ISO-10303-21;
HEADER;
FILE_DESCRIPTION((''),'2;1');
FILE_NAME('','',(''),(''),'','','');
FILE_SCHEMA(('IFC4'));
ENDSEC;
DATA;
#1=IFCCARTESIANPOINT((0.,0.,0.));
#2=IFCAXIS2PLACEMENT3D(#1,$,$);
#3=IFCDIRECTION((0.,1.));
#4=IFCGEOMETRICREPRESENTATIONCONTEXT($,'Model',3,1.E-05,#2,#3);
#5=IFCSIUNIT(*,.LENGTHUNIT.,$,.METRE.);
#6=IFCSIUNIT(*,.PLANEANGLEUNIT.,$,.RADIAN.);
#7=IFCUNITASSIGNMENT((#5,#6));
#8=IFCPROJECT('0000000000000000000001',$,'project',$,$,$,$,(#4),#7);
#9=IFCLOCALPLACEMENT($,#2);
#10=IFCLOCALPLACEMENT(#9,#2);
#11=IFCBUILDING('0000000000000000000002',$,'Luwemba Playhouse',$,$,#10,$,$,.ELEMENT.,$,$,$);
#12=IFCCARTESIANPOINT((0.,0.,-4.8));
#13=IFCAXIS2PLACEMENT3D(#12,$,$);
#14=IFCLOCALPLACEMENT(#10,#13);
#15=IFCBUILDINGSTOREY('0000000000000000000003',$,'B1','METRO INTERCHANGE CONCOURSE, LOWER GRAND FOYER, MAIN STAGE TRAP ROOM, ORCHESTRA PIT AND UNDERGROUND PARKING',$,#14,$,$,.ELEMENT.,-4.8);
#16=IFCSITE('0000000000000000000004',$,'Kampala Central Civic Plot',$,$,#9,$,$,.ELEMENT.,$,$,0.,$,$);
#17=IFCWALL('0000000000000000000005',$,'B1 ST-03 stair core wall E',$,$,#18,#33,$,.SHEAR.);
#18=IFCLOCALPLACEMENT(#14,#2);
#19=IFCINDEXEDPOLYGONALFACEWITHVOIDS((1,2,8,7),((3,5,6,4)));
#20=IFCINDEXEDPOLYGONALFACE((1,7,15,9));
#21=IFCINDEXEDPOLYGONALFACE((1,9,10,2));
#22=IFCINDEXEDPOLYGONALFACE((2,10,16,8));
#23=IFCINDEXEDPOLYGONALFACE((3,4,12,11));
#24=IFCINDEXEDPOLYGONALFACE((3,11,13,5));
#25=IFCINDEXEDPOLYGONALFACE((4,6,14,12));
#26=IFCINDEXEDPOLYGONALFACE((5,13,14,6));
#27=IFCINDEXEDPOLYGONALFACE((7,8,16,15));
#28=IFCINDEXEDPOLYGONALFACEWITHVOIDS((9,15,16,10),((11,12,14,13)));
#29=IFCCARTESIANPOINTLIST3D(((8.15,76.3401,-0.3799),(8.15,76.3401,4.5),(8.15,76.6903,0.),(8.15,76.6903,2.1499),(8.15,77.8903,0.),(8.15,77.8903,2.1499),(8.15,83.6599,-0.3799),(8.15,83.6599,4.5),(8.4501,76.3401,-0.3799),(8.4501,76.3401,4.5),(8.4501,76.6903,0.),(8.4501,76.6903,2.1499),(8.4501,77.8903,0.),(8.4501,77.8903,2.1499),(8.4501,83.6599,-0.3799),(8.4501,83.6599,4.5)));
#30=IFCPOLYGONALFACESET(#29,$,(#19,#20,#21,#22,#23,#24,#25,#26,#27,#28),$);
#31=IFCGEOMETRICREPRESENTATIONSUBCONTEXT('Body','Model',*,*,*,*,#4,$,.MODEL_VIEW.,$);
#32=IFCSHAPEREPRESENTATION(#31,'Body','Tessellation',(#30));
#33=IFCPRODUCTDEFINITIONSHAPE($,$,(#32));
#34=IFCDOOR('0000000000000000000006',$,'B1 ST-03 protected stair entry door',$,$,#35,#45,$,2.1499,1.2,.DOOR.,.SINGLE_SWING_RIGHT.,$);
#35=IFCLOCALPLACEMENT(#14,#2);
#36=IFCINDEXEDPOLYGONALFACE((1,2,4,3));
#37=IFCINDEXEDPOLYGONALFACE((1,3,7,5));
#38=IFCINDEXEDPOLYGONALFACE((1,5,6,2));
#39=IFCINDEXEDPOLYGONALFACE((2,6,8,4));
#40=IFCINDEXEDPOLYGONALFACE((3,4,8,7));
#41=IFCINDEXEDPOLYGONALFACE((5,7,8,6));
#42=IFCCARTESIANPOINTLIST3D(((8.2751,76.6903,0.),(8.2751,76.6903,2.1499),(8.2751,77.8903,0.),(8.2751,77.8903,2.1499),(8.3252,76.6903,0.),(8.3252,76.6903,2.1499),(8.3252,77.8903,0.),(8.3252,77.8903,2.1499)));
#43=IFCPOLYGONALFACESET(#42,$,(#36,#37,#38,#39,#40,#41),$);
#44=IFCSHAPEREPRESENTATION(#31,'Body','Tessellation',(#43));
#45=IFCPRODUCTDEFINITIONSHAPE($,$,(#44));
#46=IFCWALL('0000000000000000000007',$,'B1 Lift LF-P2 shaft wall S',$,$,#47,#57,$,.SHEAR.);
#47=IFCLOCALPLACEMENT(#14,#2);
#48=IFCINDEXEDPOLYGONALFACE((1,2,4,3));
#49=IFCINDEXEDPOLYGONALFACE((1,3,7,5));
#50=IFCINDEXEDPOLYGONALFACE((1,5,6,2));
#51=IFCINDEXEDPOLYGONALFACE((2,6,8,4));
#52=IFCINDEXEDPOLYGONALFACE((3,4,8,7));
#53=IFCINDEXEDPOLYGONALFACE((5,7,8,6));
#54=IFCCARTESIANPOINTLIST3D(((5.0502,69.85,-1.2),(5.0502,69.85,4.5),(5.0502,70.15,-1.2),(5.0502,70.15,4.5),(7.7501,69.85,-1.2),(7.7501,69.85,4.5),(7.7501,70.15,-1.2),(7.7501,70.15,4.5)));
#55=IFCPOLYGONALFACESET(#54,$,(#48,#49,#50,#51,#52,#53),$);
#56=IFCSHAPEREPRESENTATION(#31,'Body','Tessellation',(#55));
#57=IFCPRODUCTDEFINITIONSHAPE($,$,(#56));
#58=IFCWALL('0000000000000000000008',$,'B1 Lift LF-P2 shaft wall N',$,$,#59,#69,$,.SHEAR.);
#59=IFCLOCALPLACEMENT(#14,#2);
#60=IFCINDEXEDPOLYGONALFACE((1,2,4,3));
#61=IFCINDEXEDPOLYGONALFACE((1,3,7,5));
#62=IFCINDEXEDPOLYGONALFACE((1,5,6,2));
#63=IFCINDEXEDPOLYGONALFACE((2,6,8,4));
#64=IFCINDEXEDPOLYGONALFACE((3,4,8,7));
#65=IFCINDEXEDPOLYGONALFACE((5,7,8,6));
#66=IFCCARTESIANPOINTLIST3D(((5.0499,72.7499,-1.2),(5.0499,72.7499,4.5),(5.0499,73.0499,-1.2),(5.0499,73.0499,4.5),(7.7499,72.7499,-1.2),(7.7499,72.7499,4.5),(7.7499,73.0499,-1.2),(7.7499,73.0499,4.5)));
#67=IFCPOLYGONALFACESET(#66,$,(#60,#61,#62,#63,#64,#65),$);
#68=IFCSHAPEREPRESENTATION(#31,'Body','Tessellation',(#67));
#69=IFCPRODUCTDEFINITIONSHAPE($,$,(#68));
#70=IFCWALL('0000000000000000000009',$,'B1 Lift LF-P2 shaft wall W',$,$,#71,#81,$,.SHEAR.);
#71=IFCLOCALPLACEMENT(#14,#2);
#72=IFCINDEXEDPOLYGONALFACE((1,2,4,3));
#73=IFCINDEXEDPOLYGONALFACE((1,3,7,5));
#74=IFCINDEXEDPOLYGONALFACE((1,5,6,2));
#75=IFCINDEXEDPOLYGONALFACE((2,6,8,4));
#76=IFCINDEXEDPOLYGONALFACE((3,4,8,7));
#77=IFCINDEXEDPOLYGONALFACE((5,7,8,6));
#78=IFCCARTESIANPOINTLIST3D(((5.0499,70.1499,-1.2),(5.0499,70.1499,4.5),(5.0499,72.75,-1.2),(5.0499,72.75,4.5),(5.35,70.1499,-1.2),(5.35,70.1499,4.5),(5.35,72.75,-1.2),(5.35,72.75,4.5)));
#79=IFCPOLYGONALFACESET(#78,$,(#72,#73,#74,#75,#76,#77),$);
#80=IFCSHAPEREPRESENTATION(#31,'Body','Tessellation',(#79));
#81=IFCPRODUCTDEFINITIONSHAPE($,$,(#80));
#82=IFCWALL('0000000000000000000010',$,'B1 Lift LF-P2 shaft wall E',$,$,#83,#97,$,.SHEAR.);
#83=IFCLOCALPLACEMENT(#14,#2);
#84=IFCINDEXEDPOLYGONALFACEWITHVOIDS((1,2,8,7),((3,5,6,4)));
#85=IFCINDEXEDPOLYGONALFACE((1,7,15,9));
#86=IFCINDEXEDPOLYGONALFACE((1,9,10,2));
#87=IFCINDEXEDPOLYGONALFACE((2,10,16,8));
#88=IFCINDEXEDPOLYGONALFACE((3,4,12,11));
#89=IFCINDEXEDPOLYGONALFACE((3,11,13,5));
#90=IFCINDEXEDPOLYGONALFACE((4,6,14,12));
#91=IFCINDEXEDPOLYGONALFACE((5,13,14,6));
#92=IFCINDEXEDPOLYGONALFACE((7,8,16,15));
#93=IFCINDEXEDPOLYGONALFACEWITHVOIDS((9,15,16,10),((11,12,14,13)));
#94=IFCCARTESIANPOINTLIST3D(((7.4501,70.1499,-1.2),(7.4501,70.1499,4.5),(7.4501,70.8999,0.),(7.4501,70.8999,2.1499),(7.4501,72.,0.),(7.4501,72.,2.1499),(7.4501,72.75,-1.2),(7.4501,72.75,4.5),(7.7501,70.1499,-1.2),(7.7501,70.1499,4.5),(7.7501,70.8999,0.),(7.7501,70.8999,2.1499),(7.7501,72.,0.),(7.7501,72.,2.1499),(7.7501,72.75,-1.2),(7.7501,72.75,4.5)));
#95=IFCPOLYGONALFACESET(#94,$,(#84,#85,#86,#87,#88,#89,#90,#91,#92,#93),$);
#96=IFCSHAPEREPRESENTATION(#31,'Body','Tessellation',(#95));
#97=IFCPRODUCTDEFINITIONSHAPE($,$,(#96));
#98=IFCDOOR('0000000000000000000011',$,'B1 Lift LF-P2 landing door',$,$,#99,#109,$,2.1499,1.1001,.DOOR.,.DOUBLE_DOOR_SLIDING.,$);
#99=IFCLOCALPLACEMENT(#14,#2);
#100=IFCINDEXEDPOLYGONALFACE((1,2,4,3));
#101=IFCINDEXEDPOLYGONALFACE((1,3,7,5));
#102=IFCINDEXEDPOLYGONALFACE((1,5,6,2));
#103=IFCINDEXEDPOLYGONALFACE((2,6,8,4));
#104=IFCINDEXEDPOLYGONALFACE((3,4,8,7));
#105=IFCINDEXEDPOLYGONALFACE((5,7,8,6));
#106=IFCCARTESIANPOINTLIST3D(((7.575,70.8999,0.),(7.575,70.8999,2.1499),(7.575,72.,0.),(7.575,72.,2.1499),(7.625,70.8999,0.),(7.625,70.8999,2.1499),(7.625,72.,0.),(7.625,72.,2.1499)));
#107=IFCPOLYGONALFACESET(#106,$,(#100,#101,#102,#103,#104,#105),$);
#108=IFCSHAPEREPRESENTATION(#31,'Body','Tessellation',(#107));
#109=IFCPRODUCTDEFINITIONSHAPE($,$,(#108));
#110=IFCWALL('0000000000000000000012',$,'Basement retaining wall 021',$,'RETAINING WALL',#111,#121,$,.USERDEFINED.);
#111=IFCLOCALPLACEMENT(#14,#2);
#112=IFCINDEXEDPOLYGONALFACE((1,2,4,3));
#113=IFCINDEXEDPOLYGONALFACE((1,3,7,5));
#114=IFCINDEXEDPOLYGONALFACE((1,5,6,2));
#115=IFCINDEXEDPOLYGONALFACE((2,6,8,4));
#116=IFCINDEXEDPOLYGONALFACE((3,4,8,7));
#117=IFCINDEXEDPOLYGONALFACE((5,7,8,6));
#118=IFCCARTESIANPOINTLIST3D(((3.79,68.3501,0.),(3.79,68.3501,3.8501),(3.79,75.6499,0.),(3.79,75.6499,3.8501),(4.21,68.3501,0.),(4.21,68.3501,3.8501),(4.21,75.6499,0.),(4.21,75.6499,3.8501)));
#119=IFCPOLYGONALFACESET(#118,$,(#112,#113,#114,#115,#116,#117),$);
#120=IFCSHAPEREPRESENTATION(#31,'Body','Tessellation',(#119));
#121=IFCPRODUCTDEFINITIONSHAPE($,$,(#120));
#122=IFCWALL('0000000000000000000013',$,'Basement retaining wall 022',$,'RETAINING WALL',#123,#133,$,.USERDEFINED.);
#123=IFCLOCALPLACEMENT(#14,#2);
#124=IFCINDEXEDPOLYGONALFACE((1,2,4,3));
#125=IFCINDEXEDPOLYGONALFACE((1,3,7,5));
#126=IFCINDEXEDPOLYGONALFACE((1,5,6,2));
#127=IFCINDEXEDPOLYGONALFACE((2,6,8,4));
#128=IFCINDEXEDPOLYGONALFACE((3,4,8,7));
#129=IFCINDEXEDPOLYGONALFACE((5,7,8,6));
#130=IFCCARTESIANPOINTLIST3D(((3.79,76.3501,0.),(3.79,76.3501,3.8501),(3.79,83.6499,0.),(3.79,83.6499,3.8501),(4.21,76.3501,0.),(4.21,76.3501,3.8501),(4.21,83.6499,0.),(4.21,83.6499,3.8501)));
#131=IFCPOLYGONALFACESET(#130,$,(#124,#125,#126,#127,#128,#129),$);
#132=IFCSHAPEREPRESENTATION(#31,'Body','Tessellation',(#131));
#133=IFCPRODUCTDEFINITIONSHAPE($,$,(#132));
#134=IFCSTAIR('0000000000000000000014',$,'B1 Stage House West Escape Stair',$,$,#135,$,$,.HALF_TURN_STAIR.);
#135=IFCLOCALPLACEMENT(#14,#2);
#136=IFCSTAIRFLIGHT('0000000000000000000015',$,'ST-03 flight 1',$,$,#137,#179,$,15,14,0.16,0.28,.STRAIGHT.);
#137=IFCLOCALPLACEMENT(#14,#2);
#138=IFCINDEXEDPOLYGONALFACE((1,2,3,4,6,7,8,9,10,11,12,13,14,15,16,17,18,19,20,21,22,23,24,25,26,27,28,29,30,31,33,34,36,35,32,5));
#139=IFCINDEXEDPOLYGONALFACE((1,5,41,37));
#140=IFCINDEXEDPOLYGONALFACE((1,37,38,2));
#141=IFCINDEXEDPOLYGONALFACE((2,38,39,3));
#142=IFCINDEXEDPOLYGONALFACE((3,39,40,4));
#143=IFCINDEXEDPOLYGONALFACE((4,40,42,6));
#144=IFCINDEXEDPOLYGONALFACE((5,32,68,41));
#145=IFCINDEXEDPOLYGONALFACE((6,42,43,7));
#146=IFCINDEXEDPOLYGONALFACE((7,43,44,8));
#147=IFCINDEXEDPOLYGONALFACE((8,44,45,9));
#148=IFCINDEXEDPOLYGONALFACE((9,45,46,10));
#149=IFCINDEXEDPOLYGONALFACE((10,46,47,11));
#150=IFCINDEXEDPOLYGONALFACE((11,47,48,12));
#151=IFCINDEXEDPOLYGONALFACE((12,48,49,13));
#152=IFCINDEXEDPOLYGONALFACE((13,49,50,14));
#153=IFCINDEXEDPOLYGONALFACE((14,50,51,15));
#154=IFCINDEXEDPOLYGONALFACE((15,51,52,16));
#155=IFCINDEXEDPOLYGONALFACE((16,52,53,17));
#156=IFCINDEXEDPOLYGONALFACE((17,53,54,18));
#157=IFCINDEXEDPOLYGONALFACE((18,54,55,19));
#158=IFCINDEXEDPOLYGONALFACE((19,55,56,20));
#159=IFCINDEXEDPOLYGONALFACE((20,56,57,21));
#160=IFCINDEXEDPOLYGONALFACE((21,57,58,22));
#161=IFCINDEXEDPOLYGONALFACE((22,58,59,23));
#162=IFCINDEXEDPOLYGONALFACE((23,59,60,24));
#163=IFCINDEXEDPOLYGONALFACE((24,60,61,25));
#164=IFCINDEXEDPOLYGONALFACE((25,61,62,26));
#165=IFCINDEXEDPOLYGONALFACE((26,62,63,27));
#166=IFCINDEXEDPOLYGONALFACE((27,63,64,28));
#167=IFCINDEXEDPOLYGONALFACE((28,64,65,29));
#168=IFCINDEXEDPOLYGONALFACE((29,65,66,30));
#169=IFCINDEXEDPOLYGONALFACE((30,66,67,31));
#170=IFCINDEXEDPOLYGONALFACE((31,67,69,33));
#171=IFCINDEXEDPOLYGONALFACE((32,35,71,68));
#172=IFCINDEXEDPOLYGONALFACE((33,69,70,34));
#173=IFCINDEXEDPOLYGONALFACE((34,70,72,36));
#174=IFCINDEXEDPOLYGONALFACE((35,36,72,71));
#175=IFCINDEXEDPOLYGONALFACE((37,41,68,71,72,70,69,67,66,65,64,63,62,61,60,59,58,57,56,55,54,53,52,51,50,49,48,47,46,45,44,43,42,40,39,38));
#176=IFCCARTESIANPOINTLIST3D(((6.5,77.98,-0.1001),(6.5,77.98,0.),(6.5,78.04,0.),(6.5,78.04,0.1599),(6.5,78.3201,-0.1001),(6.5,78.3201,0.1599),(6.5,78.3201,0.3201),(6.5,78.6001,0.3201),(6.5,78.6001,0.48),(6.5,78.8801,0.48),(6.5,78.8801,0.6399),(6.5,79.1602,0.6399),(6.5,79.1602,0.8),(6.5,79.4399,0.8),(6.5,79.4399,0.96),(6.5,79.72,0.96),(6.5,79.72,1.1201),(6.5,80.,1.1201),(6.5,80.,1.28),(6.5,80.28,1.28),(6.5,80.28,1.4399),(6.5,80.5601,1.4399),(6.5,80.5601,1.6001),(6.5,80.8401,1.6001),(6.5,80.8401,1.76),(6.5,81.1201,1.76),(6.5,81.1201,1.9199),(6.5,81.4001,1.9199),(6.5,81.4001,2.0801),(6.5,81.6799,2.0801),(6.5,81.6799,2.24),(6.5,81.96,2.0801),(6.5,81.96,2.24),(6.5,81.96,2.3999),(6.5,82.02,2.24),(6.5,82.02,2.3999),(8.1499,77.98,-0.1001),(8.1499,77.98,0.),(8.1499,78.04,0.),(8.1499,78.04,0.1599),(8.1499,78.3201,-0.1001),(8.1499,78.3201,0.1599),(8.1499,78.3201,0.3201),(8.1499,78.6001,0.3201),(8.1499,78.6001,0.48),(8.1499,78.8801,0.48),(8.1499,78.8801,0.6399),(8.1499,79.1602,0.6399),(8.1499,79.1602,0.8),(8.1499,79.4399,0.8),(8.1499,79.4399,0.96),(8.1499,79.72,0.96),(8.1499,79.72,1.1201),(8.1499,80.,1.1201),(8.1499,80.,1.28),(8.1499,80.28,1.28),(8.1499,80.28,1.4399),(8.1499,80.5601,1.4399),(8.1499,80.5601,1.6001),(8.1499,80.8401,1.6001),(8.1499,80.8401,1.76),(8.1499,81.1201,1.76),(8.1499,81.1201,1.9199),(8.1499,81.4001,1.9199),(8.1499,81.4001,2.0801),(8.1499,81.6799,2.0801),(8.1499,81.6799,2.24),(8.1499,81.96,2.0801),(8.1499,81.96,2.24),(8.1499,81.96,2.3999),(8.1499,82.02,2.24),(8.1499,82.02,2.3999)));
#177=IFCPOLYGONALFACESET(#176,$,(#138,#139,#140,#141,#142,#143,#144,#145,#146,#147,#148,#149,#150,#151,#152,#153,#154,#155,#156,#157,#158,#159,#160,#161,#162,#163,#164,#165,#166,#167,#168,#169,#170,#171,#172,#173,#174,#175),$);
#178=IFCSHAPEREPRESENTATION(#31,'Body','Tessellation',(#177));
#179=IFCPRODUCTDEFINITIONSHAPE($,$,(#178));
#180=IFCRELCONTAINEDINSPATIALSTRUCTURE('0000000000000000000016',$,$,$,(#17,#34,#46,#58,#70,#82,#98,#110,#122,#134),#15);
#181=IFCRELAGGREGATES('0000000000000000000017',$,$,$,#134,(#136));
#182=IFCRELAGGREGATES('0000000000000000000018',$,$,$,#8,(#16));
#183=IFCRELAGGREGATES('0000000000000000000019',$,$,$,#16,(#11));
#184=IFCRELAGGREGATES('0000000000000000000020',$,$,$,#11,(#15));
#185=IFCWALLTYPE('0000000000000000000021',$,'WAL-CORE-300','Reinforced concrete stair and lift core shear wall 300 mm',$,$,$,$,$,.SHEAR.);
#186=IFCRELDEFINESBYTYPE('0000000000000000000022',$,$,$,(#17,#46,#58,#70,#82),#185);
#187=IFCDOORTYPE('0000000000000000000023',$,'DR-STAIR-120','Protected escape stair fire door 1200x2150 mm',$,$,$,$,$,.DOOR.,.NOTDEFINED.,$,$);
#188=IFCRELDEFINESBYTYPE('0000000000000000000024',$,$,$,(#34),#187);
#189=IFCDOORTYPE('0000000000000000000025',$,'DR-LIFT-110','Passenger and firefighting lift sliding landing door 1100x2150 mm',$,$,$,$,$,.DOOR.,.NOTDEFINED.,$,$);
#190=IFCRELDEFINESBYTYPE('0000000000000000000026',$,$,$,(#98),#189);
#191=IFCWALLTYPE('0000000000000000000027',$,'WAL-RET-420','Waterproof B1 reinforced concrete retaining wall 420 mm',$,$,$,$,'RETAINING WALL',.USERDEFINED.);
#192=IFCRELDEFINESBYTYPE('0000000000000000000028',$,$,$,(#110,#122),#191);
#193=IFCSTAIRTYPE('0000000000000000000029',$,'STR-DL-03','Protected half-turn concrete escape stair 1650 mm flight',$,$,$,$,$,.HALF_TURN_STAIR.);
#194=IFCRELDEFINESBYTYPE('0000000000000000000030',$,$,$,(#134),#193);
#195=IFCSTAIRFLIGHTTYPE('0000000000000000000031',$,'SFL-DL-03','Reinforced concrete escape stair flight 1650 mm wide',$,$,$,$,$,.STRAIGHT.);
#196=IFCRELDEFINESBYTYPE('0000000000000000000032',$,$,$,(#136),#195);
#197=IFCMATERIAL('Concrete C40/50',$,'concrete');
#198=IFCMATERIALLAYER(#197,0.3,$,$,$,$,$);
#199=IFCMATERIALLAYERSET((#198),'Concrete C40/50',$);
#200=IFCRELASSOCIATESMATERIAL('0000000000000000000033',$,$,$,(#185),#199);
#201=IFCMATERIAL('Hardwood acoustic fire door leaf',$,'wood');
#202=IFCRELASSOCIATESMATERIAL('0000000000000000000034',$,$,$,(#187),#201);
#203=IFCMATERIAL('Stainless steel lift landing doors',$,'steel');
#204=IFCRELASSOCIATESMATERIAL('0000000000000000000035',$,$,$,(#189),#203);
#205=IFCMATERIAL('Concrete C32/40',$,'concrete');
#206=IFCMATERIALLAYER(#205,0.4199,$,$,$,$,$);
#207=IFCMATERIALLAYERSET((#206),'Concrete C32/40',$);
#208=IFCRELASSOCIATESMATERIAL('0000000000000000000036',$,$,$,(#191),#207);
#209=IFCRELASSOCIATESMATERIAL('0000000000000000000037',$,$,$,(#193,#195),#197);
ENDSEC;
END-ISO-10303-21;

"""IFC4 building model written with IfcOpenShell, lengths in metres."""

from ifc_helpers import new_model, si_unit, direction, frame, frame_2d, origin, place, context, subcontext, project, spatial, polyline, rectangle, outline, extrude, material, layer, layer_set, type_object, element, fill, aggregate, save


model = new_model("IFC4")

# Units and contexts
model_context = context("Model", 3, precision=1e-05, world=origin(), true_north=direction((0.0, 1.0)))
body_context = subcontext(model_context, "Body", "Model", "MODEL_VIEW")
ifc_project = project(units=[si_unit("LENGTHUNIT", "METRE"), si_unit("PLANEANGLEUNIT", "RADIAN")], contexts=[model_context])

# Site, building, storey
site_placement = place(None, origin())
site = spatial("IfcSite", under=ifc_project, at=site_placement, Name="Kampala Central Civic Plot", CompositionType="ELEMENT", RefElevation=0.0)
building_placement = place(site_placement, origin())
building = spatial("IfcBuilding", under=site, at=building_placement, Name="Luwemba Playhouse", CompositionType="ELEMENT")
storey_placement = place(building_placement, frame((0.0, 0.0, -4.8)))
storey = spatial("IfcBuildingStorey", under=building, at=storey_placement, Name="B1", Description="METRO INTERCHANGE CONCOURSE, LOWER GRAND FOYER, MAIN STAGE TRAP ROOM, ORCHESTRA PIT AND UNDERGROUND PARKING", CompositionType="ELEMENT", Elevation=-4.8)

# Shared definitions
ifc_material_1 = material(Name="Concrete C32/40", Category="concrete")

# Shared definitions
ifc_material_2 = material(Name="Concrete C40/50", Category="concrete")

# Shared definitions
ifc_layer_1 = layer(ifc_material_2, 0.3)
ifc_layer_set_1 = layer_set([ifc_layer_1], Name="Concrete C40/50")
wall_type_1 = type_object("IfcWallType", Name="WAL-CORE-300", Description="Reinforced concrete stair and lift core shear wall 300 mm", PredefinedType="SHEAR", material=ifc_layer_set_1)

# Wall, opening, door
wall_1_placement = place(storey_placement, frame((8.3, 76.3401, -0.3799), z_axis=(0.0, 0.0, 1.0), x_axis=(0.0, 1.0, 0.0)))
wall_1 = element("IfcWall", 1, at=wall_1_placement, inside=storey, type_object=wall_type_1, Name="B1 ST-03 stair core wall E", PredefinedType="SHEAR", context=body_context, shape_type="SweptSolid", body=[
    extrude(rectangle(XDim=7.3198, YDim=0.3, at=frame_2d((3.6599, 0.0))), origin(), (0.0, 0.0, 1.0), 4.8799),
])
opening_1_placement = place(wall_1_placement, frame((0.3501, 0.0, 0.3799)))
opening_1 = element("IfcOpeningElement", 2, at=opening_1_placement, cuts=wall_1, PredefinedType="OPENING", context=body_context, shape_type="SweptSolid", body=[
    extrude(rectangle(XDim=1.2, YDim=2.1499, at=frame_2d((0.6001, 1.075))), frame((0.0, 0.1599, 0.0), z_axis=(0.0, -1.0, 0.0), x_axis=(1.0, 0.0, 0.0)), (0.0, 0.0, 1.0), 0.3201),
])
ifc_material_3 = material(Name="Hardwood acoustic fire door leaf", Category="wood")
door_type_1 = type_object("IfcDoorType", Name="DR-STAIR-120", Description="Protected escape stair fire door 1200x2150 mm", OperationType="NOTDEFINED", PredefinedType="DOOR", material=ifc_material_3)
door_1_placement = place(opening_1_placement, origin())
door_1 = element("IfcDoor", 3, at=door_1_placement, inside=storey, type_object=door_type_1, Name="B1 ST-03 protected stair entry door", OperationType="SINGLE_SWING_RIGHT", OverallHeight=2.1499, OverallWidth=1.2, PredefinedType="DOOR", context=body_context, shape_type="SweptSolid", body=[
    extrude(rectangle(XDim=1.2, YDim=2.1499, at=frame_2d((0.6001, 1.075))), frame((0.0, 0.0249, 0.0), z_axis=(0.0, -1.0, 0.0), x_axis=(1.0, 0.0, 0.0)), (0.0, 0.0, 1.0), 0.05),
])
fill(opening_1, door_1)

# Walls
for number, where, z_axis, x_axis, name in (
    (4, (5.05, 70.0, -1.2), (0.0, 0.0, 1.0), (1.0, 0.0, 0.0), "B1 Lift LF-P2 shaft wall S"),
    (5, (7.75, 72.8999, -1.2), (0.0, 0.0, 1.0), (-1.0, 0.0, 0.0), "B1 Lift LF-P2 shaft wall N"),
):
    element("IfcWall", number, at=place(storey_placement, frame(where, z_axis=z_axis, x_axis=x_axis)), inside=storey, type_object=wall_type_1, Name=name, PredefinedType="SHEAR", context=body_context, shape_type="SweptSolid", body=[
        extrude(rectangle(XDim=2.7, YDim=0.3, at=frame_2d((1.3501, 0.0))), origin(), (0.0, 0.0, 1.0), 5.7),
    ])
wall_2_placement = place(storey_placement, frame((5.2, 70.1499, -1.2), z_axis=(0.0, 0.0, 1.0), x_axis=(0.0, 1.0, 0.0)))
element("IfcWall", 6, at=wall_2_placement, inside=storey, type_object=wall_type_1, Name="B1 Lift LF-P2 shaft wall W", PredefinedType="SHEAR", context=body_context, shape_type="SweptSolid", body=[
    extrude(rectangle(XDim=2.6001, YDim=0.3, at=frame_2d((1.3, 0.0))), origin(), (0.0, 0.0, 1.0), 5.7),
])

# Wall, opening, door
wall_3_placement = place(storey_placement, frame((7.6001, 72.75, -1.2), z_axis=(0.0, 0.0, 1.0), x_axis=(0.0, -1.0, 0.0)))
wall_3 = element("IfcWall", 7, at=wall_3_placement, inside=storey, type_object=wall_type_1, Name="B1 Lift LF-P2 shaft wall E", PredefinedType="SHEAR", context=body_context, shape_type="SweptSolid", body=[
    extrude(rectangle(XDim=2.6001, YDim=0.3, at=frame_2d((1.3, 0.0))), origin(), (0.0, 0.0, 1.0), 5.7),
])
opening_2_placement = place(wall_3_placement, frame((0.75, 0.0, 1.2)))
opening_2 = element("IfcOpeningElement", 8, at=opening_2_placement, cuts=wall_3, PredefinedType="OPENING", context=body_context, shape_type="SweptSolid", body=[
    extrude(rectangle(XDim=1.1001, YDim=2.1499, at=frame_2d((0.55, 1.075))), frame((0.0, 0.1599, 0.0), z_axis=(0.0, -1.0, 0.0), x_axis=(1.0, 0.0, 0.0)), (0.0, 0.0, 1.0), 0.3201),
])
ifc_material_4 = material(Name="Stainless steel lift landing doors", Category="steel")
door_type_2 = type_object("IfcDoorType", Name="DR-LIFT-110", Description="Passenger and firefighting lift sliding landing door 1100x2150 mm", OperationType="NOTDEFINED", PredefinedType="DOOR", material=ifc_material_4)
door_2_placement = place(opening_2_placement, origin())
door_2 = element("IfcDoor", 9, at=door_2_placement, inside=storey, type_object=door_type_2, Name="B1 Lift LF-P2 landing door", OperationType="DOUBLE_DOOR_SLIDING", OverallHeight=2.1499, OverallWidth=1.1001, PredefinedType="DOOR", context=body_context, shape_type="SweptSolid", body=[
    extrude(rectangle(XDim=1.1001, YDim=2.1499, at=frame_2d((0.55, 1.075))), frame((0.0, 0.0249, 0.0), z_axis=(0.0, -1.0, 0.0), x_axis=(1.0, 0.0, 0.0)), (0.0, 0.0, 1.0), 0.05),
])
fill(opening_2, door_2)

# Walls
ifc_layer_2 = layer(ifc_material_1, 0.4199)
ifc_layer_set_2 = layer_set([ifc_layer_2], Name="Concrete C32/40")
wall_type_2 = type_object("IfcWallType", Name="WAL-RET-420", Description="Waterproof B1 reinforced concrete retaining wall 420 mm", ElementType="RETAINING WALL", PredefinedType="USERDEFINED", material=ifc_layer_set_2)
for number, where, z_axis, x_axis, name in (
    (10, (4.0, 68.3501, 0.0), (0.0, 0.0, 1.0), (0.0, 1.0, 0.0), "Basement retaining wall 021"),
    (11, (4.0, 76.3501, 0.0), (0.0, 0.0, 1.0), (0.0, 1.0, 0.0), "Basement retaining wall 022"),
):
    element("IfcWall", number, at=place(storey_placement, frame(where, z_axis=z_axis, x_axis=x_axis)), inside=storey, type_object=wall_type_2, Name=name, ObjectType="RETAINING WALL", PredefinedType="USERDEFINED", context=body_context, shape_type="SweptSolid", body=[
        extrude(rectangle(XDim=7.2998, YDim=0.4199, at=frame_2d((3.6499, 0.0))), origin(), (0.0, 0.0, 1.0), 3.8501),
    ])

# Stair, stair flight
stair_type = type_object("IfcStairType", Name="STR-DL-03", Description="Protected half-turn concrete escape stair 1650 mm flight", PredefinedType="HALF_TURN_STAIR", material=ifc_material_2)
stair_placement = place(storey_placement, origin())
stair = element("IfcStair", 12, at=stair_placement, inside=storey, type_object=stair_type, Name="B1 Stage House West Escape Stair", PredefinedType="HALF_TURN_STAIR")
stair_flight_type = type_object("IfcStairFlightType", Name="SFL-DL-03", Description="Reinforced concrete escape stair flight 1650 mm wide", PredefinedType="STRAIGHT", material=ifc_material_2)
stair_flight_placement = place(storey_placement, frame((7.325, 78.04, 0.0), z_axis=(0.0, 0.0, 1.0), x_axis=(0.0, 1.0, 0.0)))
stair_flight = element("IfcStairFlight", 13, at=stair_flight_placement, type_object=stair_flight_type, Name="ST-03 flight 1", NumberOfRisers=15, NumberOfTreads=14, PredefinedType="STRAIGHT", RiserHeight=0.16, TreadLength=0.28, context=body_context, shape_type="SweptSolid", body=[
    extrude(outline(polyline([(-0.0601, -0.1001), (-0.0601, 0.0), (0.0, 0.0), (0.0, 0.1599), (0.28, 0.1599), (0.28, 0.3201), (0.5601, 0.3201), (0.5601, 0.48), (0.8401, 0.48), (0.8401, 0.6399), (1.1201, 0.6399), (1.1201, 0.8), (1.3999, 0.8), (1.3999, 0.96), (1.6799, 0.96), (1.6799, 1.1201), (1.96, 1.1201), (1.96, 1.28), (2.24, 1.28), (2.24, 1.4399), (2.52, 1.4399), (2.52, 1.6001), (2.8, 1.6001), (2.8, 1.76), (3.0801, 1.76), (3.0801, 1.9199), (3.3601, 1.9199), (3.3601, 2.0801), (3.6399, 2.0801), (3.6399, 2.24), (3.9199, 2.24), (3.9199, 2.3999), (3.98, 2.3999), (3.98, 2.24), (3.9199, 2.0801), (0.28, -0.1001), (-0.0601, -0.1001)])), frame((0.0, 0.825, 0.0), z_axis=(0.0, -1.0, 0.0), x_axis=(1.0, 0.0, 0.0)), (0.0, 0.0, 1.0), 1.6499),
])
aggregate(stair, [stair_flight])

save(model, "model.ifc")
